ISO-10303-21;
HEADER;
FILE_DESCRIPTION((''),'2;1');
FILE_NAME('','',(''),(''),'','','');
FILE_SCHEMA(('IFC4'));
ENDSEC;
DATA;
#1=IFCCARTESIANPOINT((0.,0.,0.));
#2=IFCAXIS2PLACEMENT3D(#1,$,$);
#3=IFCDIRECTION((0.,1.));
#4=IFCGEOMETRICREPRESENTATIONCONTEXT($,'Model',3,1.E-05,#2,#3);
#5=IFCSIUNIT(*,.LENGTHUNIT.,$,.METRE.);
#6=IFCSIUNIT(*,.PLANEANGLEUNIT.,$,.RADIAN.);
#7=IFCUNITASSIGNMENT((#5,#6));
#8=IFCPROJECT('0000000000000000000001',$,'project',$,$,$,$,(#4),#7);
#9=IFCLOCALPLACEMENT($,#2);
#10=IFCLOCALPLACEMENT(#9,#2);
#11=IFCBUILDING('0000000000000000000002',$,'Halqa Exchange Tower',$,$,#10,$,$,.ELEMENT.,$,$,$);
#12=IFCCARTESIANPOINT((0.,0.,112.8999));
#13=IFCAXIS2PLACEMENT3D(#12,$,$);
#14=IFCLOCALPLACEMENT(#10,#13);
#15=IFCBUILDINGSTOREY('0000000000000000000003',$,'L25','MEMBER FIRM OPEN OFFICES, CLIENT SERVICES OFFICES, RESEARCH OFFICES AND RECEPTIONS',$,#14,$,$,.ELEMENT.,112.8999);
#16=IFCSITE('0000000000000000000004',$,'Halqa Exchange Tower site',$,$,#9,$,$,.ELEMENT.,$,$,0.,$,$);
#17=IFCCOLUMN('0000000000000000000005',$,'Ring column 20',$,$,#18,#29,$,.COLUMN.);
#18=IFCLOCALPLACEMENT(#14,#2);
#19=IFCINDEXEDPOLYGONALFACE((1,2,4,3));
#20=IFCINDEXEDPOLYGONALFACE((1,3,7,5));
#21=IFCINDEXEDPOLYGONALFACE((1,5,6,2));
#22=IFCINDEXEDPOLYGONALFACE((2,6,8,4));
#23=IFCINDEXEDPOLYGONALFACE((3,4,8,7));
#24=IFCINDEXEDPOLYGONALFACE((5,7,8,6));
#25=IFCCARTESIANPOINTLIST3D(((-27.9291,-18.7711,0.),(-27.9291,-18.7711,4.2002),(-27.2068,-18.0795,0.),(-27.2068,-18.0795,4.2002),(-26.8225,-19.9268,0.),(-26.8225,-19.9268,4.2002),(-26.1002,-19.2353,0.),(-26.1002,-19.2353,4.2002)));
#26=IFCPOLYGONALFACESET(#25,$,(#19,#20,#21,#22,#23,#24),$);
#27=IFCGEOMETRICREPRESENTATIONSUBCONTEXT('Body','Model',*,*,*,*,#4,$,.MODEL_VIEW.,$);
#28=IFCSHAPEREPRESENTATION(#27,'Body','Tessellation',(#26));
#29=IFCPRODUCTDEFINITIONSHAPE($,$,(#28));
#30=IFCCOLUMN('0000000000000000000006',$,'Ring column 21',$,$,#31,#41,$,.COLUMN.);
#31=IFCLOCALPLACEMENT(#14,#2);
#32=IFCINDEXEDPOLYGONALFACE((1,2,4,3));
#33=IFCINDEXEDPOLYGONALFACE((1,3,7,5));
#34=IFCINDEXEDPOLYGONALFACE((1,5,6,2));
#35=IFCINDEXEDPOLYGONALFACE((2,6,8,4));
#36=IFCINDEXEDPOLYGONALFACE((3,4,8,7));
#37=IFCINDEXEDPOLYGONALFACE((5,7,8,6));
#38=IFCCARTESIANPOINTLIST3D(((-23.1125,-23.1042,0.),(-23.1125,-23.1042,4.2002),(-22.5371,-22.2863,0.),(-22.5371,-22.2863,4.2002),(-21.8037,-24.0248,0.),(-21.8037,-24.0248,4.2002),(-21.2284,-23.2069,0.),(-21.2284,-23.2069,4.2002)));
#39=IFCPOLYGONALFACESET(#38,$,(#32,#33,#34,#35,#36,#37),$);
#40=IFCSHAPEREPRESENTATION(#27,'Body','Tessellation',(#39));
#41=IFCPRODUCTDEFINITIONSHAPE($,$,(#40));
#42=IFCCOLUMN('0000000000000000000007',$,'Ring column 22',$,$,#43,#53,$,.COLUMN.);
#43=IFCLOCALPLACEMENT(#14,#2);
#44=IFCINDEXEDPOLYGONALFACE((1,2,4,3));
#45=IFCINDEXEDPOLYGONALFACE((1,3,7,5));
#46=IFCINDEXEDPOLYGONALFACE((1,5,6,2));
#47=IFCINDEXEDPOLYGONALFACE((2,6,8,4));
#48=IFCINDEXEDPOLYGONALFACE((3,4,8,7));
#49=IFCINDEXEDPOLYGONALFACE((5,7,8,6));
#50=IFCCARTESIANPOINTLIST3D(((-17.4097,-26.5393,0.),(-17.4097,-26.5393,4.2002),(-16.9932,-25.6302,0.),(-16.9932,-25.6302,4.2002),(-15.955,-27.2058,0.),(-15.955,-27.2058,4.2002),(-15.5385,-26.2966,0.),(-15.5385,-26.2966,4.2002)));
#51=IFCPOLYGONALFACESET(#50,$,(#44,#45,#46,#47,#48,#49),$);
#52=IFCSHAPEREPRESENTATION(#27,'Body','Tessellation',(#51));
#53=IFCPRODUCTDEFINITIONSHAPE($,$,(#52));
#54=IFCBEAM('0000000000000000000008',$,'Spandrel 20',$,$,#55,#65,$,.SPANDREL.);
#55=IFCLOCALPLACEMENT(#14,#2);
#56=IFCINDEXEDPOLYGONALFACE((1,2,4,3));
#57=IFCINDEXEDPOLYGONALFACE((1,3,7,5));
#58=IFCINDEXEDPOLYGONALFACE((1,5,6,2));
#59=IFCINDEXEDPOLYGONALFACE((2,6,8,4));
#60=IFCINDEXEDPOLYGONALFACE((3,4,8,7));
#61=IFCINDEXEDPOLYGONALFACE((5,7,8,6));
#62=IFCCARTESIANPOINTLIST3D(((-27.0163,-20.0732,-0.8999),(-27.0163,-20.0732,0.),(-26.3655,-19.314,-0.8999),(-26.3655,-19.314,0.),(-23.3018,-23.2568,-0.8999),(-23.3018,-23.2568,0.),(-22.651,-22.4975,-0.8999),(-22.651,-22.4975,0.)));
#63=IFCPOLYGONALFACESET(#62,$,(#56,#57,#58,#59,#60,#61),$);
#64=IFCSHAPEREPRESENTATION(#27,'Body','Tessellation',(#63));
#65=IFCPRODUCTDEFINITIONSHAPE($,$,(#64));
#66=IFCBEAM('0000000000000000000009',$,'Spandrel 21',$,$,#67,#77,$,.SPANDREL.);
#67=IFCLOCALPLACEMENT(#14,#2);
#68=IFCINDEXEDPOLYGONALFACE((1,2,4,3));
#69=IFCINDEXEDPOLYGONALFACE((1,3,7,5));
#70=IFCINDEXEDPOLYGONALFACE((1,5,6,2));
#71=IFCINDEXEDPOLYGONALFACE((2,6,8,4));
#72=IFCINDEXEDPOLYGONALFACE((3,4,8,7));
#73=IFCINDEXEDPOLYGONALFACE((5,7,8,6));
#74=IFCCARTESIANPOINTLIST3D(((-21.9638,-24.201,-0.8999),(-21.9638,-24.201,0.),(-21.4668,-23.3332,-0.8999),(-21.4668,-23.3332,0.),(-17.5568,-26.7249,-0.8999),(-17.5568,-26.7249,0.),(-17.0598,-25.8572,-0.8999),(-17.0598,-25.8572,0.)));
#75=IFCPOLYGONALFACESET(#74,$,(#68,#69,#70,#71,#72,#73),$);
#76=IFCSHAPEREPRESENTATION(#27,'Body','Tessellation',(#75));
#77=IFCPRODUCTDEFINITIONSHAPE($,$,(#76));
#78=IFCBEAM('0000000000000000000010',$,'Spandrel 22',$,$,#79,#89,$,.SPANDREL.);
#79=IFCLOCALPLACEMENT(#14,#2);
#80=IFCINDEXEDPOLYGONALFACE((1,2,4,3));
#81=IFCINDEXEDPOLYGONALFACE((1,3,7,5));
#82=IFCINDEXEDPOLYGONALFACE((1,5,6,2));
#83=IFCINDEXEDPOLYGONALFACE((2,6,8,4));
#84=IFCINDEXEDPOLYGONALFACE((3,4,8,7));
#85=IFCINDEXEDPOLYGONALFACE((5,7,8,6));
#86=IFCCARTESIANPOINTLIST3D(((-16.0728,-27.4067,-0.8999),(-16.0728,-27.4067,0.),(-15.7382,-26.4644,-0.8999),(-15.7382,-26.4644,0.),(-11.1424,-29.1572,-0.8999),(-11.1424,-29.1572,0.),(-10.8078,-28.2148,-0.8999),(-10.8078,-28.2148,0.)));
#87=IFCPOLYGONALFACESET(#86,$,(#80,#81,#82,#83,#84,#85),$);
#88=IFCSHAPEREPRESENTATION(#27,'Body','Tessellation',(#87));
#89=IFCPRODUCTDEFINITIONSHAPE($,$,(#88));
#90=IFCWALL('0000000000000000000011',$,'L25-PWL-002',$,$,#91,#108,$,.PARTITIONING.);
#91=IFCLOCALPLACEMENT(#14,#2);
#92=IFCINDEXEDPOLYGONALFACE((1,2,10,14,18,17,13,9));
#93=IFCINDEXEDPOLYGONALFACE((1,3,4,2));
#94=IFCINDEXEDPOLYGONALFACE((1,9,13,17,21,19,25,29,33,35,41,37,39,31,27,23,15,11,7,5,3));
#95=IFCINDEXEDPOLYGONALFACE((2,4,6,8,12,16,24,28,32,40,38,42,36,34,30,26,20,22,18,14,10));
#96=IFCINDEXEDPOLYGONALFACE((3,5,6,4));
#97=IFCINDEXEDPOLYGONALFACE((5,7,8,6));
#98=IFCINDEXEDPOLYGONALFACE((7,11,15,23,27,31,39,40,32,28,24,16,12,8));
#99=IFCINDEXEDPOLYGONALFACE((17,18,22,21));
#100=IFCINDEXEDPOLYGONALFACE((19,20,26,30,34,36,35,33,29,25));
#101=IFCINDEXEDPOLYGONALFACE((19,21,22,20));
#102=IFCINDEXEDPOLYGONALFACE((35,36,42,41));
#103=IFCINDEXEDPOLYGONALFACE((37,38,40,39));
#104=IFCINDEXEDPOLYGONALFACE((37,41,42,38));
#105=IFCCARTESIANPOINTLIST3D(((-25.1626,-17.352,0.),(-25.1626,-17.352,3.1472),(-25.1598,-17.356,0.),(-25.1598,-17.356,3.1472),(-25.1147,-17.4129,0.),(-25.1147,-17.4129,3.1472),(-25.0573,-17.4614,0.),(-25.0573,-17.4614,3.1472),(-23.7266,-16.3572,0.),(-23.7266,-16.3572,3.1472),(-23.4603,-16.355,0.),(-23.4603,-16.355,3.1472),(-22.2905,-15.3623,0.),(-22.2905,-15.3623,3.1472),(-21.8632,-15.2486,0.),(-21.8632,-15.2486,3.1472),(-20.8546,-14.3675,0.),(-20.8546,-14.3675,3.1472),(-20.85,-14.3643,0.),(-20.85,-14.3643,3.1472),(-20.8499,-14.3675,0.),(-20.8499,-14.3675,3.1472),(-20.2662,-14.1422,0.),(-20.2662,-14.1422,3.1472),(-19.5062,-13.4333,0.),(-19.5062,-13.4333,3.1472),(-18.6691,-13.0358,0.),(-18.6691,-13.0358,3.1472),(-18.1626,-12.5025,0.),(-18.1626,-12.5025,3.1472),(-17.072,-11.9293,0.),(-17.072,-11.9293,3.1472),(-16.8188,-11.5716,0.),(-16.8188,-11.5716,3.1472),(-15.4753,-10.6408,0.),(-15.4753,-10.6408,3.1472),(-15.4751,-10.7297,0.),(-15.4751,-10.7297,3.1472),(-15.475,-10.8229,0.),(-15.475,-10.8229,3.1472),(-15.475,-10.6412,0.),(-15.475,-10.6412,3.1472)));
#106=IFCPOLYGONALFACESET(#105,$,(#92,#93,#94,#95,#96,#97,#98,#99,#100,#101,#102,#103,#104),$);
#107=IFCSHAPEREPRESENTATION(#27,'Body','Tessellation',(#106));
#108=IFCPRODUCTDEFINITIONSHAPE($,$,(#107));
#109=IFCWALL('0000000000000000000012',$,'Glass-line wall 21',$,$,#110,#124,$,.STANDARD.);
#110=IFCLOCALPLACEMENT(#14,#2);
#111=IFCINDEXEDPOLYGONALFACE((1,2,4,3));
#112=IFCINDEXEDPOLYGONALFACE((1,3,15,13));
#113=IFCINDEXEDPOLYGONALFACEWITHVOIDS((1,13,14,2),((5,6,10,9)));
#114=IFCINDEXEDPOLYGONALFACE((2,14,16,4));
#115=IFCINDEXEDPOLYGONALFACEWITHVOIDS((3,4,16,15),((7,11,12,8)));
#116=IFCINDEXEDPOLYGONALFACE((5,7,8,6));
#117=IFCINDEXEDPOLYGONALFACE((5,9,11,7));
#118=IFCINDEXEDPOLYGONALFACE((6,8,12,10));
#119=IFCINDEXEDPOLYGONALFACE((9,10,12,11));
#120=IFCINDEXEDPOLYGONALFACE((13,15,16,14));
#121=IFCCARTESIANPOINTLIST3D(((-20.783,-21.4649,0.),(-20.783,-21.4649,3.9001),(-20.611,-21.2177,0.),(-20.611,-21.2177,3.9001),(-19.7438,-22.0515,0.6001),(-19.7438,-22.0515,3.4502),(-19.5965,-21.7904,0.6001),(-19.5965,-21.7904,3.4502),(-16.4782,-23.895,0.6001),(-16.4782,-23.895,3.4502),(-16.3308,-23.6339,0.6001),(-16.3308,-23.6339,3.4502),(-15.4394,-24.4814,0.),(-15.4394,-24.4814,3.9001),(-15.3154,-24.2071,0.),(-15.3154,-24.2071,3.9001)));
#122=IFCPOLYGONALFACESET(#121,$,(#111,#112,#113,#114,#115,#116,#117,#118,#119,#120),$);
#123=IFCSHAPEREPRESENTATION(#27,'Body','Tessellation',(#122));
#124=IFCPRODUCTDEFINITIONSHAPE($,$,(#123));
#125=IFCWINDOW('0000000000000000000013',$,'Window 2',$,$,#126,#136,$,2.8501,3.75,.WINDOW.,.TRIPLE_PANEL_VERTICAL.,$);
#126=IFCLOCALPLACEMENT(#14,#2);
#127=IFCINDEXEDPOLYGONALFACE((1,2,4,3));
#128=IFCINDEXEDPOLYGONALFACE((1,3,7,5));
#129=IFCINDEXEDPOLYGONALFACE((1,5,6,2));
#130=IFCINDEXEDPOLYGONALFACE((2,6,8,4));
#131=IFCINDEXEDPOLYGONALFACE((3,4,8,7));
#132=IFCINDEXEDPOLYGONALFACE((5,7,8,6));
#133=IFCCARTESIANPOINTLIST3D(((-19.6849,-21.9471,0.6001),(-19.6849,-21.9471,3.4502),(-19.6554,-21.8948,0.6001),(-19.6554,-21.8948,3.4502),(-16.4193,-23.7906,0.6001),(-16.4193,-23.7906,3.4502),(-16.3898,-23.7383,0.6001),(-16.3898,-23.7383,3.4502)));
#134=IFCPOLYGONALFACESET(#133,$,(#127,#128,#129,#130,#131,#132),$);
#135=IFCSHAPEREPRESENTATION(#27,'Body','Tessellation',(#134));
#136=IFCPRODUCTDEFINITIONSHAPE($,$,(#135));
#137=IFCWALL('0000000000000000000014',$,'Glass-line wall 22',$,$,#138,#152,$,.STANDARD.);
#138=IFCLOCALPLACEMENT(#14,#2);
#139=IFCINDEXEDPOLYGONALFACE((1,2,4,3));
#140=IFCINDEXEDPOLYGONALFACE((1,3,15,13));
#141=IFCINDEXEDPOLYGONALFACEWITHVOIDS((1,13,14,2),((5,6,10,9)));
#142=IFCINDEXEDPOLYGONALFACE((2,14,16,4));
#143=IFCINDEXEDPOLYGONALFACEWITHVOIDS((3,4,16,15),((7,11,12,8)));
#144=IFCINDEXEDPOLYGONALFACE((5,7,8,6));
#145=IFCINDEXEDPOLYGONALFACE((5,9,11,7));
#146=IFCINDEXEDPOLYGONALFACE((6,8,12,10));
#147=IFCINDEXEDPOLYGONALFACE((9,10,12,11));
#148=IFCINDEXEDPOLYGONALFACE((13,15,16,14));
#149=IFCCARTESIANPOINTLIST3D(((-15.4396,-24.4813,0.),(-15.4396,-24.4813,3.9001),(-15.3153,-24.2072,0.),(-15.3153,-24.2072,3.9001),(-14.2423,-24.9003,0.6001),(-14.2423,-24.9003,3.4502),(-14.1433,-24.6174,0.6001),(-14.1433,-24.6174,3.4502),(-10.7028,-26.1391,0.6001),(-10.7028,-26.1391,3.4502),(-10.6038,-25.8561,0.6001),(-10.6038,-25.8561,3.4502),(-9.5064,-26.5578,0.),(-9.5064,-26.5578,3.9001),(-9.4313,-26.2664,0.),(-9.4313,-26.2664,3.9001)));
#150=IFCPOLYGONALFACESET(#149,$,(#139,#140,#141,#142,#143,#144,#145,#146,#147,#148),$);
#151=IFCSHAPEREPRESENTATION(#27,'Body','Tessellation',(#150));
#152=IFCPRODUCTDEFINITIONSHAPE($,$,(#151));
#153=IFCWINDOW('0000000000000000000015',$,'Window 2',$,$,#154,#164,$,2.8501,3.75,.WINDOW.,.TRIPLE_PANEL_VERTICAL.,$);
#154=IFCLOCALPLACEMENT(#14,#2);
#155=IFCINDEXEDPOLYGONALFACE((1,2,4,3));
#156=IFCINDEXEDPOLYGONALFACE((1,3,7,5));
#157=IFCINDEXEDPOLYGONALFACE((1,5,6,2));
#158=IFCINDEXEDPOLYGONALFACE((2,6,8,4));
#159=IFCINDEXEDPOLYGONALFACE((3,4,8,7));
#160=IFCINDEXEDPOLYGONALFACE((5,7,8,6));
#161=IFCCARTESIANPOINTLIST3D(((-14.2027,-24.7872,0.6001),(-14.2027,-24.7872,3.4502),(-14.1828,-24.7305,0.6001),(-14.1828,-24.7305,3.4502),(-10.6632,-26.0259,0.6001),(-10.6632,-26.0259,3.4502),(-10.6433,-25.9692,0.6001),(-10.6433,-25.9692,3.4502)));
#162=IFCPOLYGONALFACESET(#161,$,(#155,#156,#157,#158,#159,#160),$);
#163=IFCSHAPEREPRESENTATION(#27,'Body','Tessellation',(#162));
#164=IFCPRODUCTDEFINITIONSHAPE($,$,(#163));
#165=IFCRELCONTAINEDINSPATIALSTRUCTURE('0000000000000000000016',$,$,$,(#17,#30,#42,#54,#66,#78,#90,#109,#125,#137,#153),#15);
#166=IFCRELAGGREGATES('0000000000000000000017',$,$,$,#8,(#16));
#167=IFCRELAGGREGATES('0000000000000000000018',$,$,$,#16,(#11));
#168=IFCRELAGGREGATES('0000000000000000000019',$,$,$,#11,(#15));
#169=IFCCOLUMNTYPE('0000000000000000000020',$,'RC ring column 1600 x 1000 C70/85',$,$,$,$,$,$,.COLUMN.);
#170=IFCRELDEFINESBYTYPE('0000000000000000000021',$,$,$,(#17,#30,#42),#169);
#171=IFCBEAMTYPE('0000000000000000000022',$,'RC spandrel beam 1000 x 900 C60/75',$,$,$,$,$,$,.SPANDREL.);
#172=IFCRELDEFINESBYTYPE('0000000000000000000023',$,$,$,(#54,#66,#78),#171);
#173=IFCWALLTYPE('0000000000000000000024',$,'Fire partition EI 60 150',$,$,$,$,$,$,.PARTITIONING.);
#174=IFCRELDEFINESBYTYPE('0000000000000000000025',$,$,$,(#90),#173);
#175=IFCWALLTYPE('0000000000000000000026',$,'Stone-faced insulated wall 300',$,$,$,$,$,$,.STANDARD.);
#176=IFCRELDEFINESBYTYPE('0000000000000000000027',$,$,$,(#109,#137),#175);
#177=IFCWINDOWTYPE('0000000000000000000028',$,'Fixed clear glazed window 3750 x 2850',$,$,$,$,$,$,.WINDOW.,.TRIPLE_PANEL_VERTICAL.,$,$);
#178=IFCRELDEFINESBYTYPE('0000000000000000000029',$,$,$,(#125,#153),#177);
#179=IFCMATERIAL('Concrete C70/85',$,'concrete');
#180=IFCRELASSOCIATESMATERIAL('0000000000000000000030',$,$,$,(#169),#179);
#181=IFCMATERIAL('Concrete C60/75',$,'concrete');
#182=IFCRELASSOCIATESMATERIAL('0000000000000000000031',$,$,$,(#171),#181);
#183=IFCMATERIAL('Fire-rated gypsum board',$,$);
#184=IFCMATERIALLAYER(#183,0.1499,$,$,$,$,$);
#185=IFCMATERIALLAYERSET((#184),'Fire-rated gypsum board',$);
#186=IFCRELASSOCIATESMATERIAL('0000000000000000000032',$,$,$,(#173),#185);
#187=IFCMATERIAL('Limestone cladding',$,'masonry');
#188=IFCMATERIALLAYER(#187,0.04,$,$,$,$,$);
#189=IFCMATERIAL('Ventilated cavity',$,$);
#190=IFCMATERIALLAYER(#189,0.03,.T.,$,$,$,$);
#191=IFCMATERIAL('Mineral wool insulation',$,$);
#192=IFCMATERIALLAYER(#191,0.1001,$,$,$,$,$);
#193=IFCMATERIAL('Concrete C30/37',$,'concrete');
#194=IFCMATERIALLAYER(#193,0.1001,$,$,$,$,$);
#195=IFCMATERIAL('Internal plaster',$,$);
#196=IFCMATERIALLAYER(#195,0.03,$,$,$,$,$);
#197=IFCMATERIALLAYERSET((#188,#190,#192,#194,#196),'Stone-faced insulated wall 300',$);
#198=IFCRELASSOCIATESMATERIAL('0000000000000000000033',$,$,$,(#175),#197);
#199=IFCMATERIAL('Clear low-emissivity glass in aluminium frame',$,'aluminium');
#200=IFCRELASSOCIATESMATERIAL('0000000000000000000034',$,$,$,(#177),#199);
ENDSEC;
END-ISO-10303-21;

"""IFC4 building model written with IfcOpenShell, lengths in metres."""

from ifc_helpers import new_model, si_unit, direction, frame, frame_2d, origin, origin_2d, place, context, subcontext, project, spatial, polyline, rectangle, outline, extrude, material, layer, layer_set, material_profile, profile_set, type_object, element, fill, save


model = new_model("IFC4")

# Units and contexts
model_context = context("Model", 3, precision=1e-05, world=origin(), true_north=direction((0.0, 1.0)))
body_context = subcontext(model_context, "Body", "Model", "MODEL_VIEW")
ifc_project = project(units=[si_unit("LENGTHUNIT", "METRE"), si_unit("PLANEANGLEUNIT", "RADIAN")], contexts=[model_context])

# Site, building, storey
site_placement = place(None, origin())
site = spatial("IfcSite", under=ifc_project, at=site_placement, Name="Halqa Exchange Tower site", CompositionType="ELEMENT", RefElevation=0.0)
building_placement = place(site_placement, origin())
building = spatial("IfcBuilding", under=site, at=building_placement, Name="Halqa Exchange Tower", CompositionType="ELEMENT")
storey_placement = place(building_placement, frame((0.0, 0.0, 112.8999)))
storey = spatial("IfcBuildingStorey", under=building, at=storey_placement, Name="L25", Description="MEMBER FIRM OPEN OFFICES, CLIENT SERVICES OFFICES, RESEARCH OFFICES AND RECEPTIONS", CompositionType="ELEMENT", Elevation=112.8999)

# Columns
ifc_material_1 = material(Name="Concrete C70/85", Category="concrete")
ifc_material_profile_1 = material_profile(ifc_material_1, rectangle(XDim=1.6001, YDim=1.0, at=origin_2d()), Name="1600 x 1000")
ifc_profile_set_1 = profile_set([ifc_material_profile_1], Name="Concrete C70/85")
column_type = type_object("IfcColumnType", Name="RC ring column 1600 x 1000 C70/85", PredefinedType="COLUMN", material=ifc_profile_set_1)
for number, where, z_axis, x_axis, name in (
    (1, (-27.0146, -19.0032, 0.0), (0.0, 0.0, 1.0), (0.691574, -0.722306, 0.0), "Ring column 20"),
    (2, (-22.1704, -23.1555, 0.0), (0.0, 0.0, 1.0), (0.817907, -0.575351, 0.0), "Ring column 21"),
    (3, (-16.4741, -26.418, 0.0), (0.0, 0.0, 1.0), (0.909127, -0.416519, 0.0), "Ring column 22"),
):
    element("IfcColumn", number, at=place(storey_placement, frame(where, z_axis=z_axis, x_axis=x_axis)), inside=storey, type_object=column_type, Name=name, PredefinedType="COLUMN", context=body_context, shape_type="SweptSolid", body=[
        extrude(rectangle(XDim=1.6001, YDim=1.0, at=origin_2d()), origin(), (0.0, 0.0, 1.0), 4.2002),
    ])

# Beams
ifc_material_2 = material(Name="Concrete C60/75", Category="concrete")
ifc_material_profile_2 = material_profile(ifc_material_2, rectangle(XDim=1.0, YDim=0.8999, at=origin_2d()), Name="1000 x 900")
ifc_profile_set_2 = profile_set([ifc_material_profile_2], Name="Concrete C60/75")
beam_type = type_object("IfcBeamType", Name="RC spandrel beam 1000 x 900 C60/75", PredefinedType="SPANDREL", material=ifc_profile_set_2)
beam_1_placement = place(storey_placement, frame((-26.6909, -19.6936, -0.45), z_axis=(0.759292, -0.65075, 0.0), x_axis=(0.65075, 0.759292, 0.0)))
element("IfcBeam", 4, at=beam_1_placement, inside=storey, type_object=beam_type, Name="Spandrel 20", PredefinedType="SPANDREL", context=body_context, shape_type="SweptSolid", body=[
    extrude(rectangle(XDim=1.0, YDim=0.8999, at=origin_2d()), origin(), (0.0, 0.0, 1.0), 4.8921),
])
beam_2_placement = place(storey_placement, frame((-21.7153, -23.7671, -0.45), z_axis=(0.867763, -0.496977, 0.0), x_axis=(0.496977, 0.867763, 0.0)))
element("IfcBeam", 5, at=beam_2_placement, inside=storey, type_object=beam_type, Name="Spandrel 21", PredefinedType="SPANDREL", context=body_context, shape_type="SweptSolid", body=[
    extrude(rectangle(XDim=1.0, YDim=0.8999, at=origin_2d()), origin(), (0.0, 0.0, 1.0), 5.0786),
])
beam_3_placement = place(storey_placement, frame((-15.9055, -26.9355, -0.45), z_axis=(0.942368, -0.334577, 0.0), x_axis=(0.334577, 0.942368, 0.0)))
element("IfcBeam", 6, at=beam_3_placement, inside=storey, type_object=beam_type, Name="Spandrel 22", PredefinedType="SPANDREL", context=body_context, shape_type="SweptSolid", body=[
    extrude(rectangle(XDim=1.0, YDim=0.8999, at=origin_2d()), origin(), (0.0, 0.0, 1.0), 5.2319),
])

# Wall
ifc_material_3 = material(Name="Fire-rated gypsum board")
ifc_layer_1 = layer(ifc_material_3, 0.1499)
ifc_layer_set_1 = layer_set([ifc_layer_1], Name="Fire-rated gypsum board")
wall_type_1 = type_object("IfcWallType", Name="Fire partition EI 60 150", PredefinedType="PARTITIONING", material=ifc_layer_set_1)
wall_1_placement = place(storey_placement, frame((-25.1199, -17.4136, 0.0), z_axis=(0.0, 0.0, 1.0), x_axis=(0.822009, 0.569475, 0.0)))
element("IfcWall", 7, at=wall_1_placement, inside=storey, type_object=wall_type_1, Name="L25-PWL-002", PredefinedType="PARTITIONING", context=body_context, shape_type="SweptSolid", body=[
    extrude(outline(polyline([(0.0242, -0.075), (1.967, -0.075), (3.9099, -0.075), (5.8528, -0.075), (7.7957, -0.075), (9.7385, -0.075), (11.6814, -0.075), (11.7344, 0.0017), (11.7344, 0.0017), (11.7849, 0.0745), (11.7849, 0.075), (10.1504, 0.075), (8.5156, 0.075), (6.8811, 0.075), (5.2463, 0.075), (5.2446, 0.0723), (5.2407, 0.075), (3.4939, 0.075), (1.7468, 0.075), (0.0, 0.075), (0.0, 0.0701), (0.0046, -0.0024), (0.0242, -0.075)])), origin(), (0.0, 0.0, 1.0), 3.1472),
])

# Shared definitions
ifc_material_4 = material(Name="Limestone cladding", Category="masonry")
ifc_layer_2 = layer(ifc_material_4, 0.04)
ifc_material_5 = material(Name="Ventilated cavity")
ifc_layer_3 = layer(ifc_material_5, 0.03, ventilated=True)
ifc_material_6 = material(Name="Mineral wool insulation")
ifc_layer_4 = layer(ifc_material_6, 0.1001)
ifc_material_7 = material(Name="Concrete C30/37", Category="concrete")
ifc_layer_5 = layer(ifc_material_7, 0.1001)
ifc_material_8 = material(Name="Internal plaster")
ifc_layer_6 = layer(ifc_material_8, 0.03)
ifc_layer_set_2 = layer_set([ifc_layer_2, ifc_layer_3, ifc_layer_4, ifc_layer_5, ifc_layer_6], Name="Stone-faced insulated wall 300")
wall_type_2 = type_object("IfcWallType", Name="Stone-faced insulated wall 300", PredefinedType="STANDARD", material=ifc_layer_set_2)
ifc_material_9 = material(Name="Clear low-emissivity glass in aluminium frame", Category="aluminium")

# Walls, openings, windows
wall_2_placement = place(storey_placement, frame((-20.697, -21.3413, 0.0), z_axis=(0.0, 0.0, 1.0), x_axis=(0.870828, -0.491587, 0.0)))
wall_2 = element("IfcWall", 8, at=wall_2_placement, inside=storey, type_object=wall_type_2, Name="Glass-line wall 21", PredefinedType="STANDARD", context=body_context, shape_type="SweptSolid", body=[
    extrude(outline(polyline([(-0.0142, -0.1499), (6.1221, -0.1499), (6.0952, 0.1499), (0.0142, 0.1499), (-0.0142, -0.1499)])), origin(), (0.0, 0.0, 1.0), 3.9001),
])
opening_1_placement = place(wall_2_placement, frame((1.1792, 0.0, 0.6001)))
opening_1 = element("IfcOpeningElement", 9, at=opening_1_placement, cuts=wall_2, PredefinedType="OPENING", context=body_context, shape_type="SweptSolid", body=[
    extrude(rectangle(XDim=3.75, YDim=2.8501, at=frame_2d((1.875, 1.425))), frame((0.0, 0.1621, 0.0), z_axis=(0.0, -1.0, 0.0), x_axis=(1.0, 0.0, 0.0)), (0.0, 0.0, 1.0), 0.324),
])
window_type = type_object("IfcWindowType", Name="Fixed clear glazed window 3750 x 2850", PartitioningType="TRIPLE_PANEL_VERTICAL", PredefinedType="WINDOW", material=ifc_material_9)
window_1_placement = place(opening_1_placement, origin())
window_1 = element("IfcWindow", 10, at=window_1_placement, inside=storey, type_object=window_type, Name="Window 2", OverallHeight=2.8501, OverallWidth=3.75, PartitioningType="TRIPLE_PANEL_VERTICAL", PredefinedType="WINDOW", context=body_context, shape_type="SweptSolid", body=[
    extrude(rectangle(XDim=3.75, YDim=2.8501, at=frame_2d((1.875, 1.425))), frame((0.0, 0.03, 0.0), z_axis=(0.0, -1.0, 0.0), x_axis=(1.0, 0.0, 0.0)), (0.0, 0.0, 1.0), 0.0601),
])
fill(opening_1, window_1)
wall_3_placement = place(storey_placement, frame((-15.3774, -24.3442, 0.0), z_axis=(0.0, 0.0, 1.0), x_axis=(0.943867, -0.330326, 0.0)))
wall_3 = element("IfcWall", 11, at=wall_3_placement, inside=storey, type_object=wall_type_2, Name="Glass-line wall 22", PredefinedType="STANDARD", context=body_context, shape_type="SweptSolid", body=[
    extrude(outline(polyline([(-0.0134, -0.1499), (6.2727, -0.1499), (6.2473, 0.1499), (0.0134, 0.1499), (-0.0134, -0.1499)])), origin(), (0.0, 0.0, 1.0), 3.9001),
])
opening_2_placement = place(wall_3_placement, frame((1.2551, 0.0, 0.6001)))
opening_2 = element("IfcOpeningElement", 12, at=opening_2_placement, cuts=wall_3, PredefinedType="OPENING", context=body_context, shape_type="SweptSolid", body=[
    extrude(rectangle(XDim=3.75, YDim=2.8501, at=frame_2d((1.875, 1.425))), frame((0.0, 0.1621, 0.0), z_axis=(0.0, -1.0, 0.0), x_axis=(1.0, 0.0, 0.0)), (0.0, 0.0, 1.0), 0.324),
])
window_2_placement = place(opening_2_placement, origin())
window_2 = element("IfcWindow", 13, at=window_2_placement, inside=storey, type_object=window_type, Name="Window 2", OverallHeight=2.8501, OverallWidth=3.75, PartitioningType="TRIPLE_PANEL_VERTICAL", PredefinedType="WINDOW", context=body_context, shape_type="SweptSolid", body=[
    extrude(rectangle(XDim=3.75, YDim=2.8501, at=frame_2d((1.875, 1.425))), frame((0.0, 0.03, 0.0), z_axis=(0.0, -1.0, 0.0), x_axis=(1.0, 0.0, 0.0)), (0.0, 0.0, 1.0), 0.0601),
])
fill(opening_2, window_2)

save(model, "model.ifc")
